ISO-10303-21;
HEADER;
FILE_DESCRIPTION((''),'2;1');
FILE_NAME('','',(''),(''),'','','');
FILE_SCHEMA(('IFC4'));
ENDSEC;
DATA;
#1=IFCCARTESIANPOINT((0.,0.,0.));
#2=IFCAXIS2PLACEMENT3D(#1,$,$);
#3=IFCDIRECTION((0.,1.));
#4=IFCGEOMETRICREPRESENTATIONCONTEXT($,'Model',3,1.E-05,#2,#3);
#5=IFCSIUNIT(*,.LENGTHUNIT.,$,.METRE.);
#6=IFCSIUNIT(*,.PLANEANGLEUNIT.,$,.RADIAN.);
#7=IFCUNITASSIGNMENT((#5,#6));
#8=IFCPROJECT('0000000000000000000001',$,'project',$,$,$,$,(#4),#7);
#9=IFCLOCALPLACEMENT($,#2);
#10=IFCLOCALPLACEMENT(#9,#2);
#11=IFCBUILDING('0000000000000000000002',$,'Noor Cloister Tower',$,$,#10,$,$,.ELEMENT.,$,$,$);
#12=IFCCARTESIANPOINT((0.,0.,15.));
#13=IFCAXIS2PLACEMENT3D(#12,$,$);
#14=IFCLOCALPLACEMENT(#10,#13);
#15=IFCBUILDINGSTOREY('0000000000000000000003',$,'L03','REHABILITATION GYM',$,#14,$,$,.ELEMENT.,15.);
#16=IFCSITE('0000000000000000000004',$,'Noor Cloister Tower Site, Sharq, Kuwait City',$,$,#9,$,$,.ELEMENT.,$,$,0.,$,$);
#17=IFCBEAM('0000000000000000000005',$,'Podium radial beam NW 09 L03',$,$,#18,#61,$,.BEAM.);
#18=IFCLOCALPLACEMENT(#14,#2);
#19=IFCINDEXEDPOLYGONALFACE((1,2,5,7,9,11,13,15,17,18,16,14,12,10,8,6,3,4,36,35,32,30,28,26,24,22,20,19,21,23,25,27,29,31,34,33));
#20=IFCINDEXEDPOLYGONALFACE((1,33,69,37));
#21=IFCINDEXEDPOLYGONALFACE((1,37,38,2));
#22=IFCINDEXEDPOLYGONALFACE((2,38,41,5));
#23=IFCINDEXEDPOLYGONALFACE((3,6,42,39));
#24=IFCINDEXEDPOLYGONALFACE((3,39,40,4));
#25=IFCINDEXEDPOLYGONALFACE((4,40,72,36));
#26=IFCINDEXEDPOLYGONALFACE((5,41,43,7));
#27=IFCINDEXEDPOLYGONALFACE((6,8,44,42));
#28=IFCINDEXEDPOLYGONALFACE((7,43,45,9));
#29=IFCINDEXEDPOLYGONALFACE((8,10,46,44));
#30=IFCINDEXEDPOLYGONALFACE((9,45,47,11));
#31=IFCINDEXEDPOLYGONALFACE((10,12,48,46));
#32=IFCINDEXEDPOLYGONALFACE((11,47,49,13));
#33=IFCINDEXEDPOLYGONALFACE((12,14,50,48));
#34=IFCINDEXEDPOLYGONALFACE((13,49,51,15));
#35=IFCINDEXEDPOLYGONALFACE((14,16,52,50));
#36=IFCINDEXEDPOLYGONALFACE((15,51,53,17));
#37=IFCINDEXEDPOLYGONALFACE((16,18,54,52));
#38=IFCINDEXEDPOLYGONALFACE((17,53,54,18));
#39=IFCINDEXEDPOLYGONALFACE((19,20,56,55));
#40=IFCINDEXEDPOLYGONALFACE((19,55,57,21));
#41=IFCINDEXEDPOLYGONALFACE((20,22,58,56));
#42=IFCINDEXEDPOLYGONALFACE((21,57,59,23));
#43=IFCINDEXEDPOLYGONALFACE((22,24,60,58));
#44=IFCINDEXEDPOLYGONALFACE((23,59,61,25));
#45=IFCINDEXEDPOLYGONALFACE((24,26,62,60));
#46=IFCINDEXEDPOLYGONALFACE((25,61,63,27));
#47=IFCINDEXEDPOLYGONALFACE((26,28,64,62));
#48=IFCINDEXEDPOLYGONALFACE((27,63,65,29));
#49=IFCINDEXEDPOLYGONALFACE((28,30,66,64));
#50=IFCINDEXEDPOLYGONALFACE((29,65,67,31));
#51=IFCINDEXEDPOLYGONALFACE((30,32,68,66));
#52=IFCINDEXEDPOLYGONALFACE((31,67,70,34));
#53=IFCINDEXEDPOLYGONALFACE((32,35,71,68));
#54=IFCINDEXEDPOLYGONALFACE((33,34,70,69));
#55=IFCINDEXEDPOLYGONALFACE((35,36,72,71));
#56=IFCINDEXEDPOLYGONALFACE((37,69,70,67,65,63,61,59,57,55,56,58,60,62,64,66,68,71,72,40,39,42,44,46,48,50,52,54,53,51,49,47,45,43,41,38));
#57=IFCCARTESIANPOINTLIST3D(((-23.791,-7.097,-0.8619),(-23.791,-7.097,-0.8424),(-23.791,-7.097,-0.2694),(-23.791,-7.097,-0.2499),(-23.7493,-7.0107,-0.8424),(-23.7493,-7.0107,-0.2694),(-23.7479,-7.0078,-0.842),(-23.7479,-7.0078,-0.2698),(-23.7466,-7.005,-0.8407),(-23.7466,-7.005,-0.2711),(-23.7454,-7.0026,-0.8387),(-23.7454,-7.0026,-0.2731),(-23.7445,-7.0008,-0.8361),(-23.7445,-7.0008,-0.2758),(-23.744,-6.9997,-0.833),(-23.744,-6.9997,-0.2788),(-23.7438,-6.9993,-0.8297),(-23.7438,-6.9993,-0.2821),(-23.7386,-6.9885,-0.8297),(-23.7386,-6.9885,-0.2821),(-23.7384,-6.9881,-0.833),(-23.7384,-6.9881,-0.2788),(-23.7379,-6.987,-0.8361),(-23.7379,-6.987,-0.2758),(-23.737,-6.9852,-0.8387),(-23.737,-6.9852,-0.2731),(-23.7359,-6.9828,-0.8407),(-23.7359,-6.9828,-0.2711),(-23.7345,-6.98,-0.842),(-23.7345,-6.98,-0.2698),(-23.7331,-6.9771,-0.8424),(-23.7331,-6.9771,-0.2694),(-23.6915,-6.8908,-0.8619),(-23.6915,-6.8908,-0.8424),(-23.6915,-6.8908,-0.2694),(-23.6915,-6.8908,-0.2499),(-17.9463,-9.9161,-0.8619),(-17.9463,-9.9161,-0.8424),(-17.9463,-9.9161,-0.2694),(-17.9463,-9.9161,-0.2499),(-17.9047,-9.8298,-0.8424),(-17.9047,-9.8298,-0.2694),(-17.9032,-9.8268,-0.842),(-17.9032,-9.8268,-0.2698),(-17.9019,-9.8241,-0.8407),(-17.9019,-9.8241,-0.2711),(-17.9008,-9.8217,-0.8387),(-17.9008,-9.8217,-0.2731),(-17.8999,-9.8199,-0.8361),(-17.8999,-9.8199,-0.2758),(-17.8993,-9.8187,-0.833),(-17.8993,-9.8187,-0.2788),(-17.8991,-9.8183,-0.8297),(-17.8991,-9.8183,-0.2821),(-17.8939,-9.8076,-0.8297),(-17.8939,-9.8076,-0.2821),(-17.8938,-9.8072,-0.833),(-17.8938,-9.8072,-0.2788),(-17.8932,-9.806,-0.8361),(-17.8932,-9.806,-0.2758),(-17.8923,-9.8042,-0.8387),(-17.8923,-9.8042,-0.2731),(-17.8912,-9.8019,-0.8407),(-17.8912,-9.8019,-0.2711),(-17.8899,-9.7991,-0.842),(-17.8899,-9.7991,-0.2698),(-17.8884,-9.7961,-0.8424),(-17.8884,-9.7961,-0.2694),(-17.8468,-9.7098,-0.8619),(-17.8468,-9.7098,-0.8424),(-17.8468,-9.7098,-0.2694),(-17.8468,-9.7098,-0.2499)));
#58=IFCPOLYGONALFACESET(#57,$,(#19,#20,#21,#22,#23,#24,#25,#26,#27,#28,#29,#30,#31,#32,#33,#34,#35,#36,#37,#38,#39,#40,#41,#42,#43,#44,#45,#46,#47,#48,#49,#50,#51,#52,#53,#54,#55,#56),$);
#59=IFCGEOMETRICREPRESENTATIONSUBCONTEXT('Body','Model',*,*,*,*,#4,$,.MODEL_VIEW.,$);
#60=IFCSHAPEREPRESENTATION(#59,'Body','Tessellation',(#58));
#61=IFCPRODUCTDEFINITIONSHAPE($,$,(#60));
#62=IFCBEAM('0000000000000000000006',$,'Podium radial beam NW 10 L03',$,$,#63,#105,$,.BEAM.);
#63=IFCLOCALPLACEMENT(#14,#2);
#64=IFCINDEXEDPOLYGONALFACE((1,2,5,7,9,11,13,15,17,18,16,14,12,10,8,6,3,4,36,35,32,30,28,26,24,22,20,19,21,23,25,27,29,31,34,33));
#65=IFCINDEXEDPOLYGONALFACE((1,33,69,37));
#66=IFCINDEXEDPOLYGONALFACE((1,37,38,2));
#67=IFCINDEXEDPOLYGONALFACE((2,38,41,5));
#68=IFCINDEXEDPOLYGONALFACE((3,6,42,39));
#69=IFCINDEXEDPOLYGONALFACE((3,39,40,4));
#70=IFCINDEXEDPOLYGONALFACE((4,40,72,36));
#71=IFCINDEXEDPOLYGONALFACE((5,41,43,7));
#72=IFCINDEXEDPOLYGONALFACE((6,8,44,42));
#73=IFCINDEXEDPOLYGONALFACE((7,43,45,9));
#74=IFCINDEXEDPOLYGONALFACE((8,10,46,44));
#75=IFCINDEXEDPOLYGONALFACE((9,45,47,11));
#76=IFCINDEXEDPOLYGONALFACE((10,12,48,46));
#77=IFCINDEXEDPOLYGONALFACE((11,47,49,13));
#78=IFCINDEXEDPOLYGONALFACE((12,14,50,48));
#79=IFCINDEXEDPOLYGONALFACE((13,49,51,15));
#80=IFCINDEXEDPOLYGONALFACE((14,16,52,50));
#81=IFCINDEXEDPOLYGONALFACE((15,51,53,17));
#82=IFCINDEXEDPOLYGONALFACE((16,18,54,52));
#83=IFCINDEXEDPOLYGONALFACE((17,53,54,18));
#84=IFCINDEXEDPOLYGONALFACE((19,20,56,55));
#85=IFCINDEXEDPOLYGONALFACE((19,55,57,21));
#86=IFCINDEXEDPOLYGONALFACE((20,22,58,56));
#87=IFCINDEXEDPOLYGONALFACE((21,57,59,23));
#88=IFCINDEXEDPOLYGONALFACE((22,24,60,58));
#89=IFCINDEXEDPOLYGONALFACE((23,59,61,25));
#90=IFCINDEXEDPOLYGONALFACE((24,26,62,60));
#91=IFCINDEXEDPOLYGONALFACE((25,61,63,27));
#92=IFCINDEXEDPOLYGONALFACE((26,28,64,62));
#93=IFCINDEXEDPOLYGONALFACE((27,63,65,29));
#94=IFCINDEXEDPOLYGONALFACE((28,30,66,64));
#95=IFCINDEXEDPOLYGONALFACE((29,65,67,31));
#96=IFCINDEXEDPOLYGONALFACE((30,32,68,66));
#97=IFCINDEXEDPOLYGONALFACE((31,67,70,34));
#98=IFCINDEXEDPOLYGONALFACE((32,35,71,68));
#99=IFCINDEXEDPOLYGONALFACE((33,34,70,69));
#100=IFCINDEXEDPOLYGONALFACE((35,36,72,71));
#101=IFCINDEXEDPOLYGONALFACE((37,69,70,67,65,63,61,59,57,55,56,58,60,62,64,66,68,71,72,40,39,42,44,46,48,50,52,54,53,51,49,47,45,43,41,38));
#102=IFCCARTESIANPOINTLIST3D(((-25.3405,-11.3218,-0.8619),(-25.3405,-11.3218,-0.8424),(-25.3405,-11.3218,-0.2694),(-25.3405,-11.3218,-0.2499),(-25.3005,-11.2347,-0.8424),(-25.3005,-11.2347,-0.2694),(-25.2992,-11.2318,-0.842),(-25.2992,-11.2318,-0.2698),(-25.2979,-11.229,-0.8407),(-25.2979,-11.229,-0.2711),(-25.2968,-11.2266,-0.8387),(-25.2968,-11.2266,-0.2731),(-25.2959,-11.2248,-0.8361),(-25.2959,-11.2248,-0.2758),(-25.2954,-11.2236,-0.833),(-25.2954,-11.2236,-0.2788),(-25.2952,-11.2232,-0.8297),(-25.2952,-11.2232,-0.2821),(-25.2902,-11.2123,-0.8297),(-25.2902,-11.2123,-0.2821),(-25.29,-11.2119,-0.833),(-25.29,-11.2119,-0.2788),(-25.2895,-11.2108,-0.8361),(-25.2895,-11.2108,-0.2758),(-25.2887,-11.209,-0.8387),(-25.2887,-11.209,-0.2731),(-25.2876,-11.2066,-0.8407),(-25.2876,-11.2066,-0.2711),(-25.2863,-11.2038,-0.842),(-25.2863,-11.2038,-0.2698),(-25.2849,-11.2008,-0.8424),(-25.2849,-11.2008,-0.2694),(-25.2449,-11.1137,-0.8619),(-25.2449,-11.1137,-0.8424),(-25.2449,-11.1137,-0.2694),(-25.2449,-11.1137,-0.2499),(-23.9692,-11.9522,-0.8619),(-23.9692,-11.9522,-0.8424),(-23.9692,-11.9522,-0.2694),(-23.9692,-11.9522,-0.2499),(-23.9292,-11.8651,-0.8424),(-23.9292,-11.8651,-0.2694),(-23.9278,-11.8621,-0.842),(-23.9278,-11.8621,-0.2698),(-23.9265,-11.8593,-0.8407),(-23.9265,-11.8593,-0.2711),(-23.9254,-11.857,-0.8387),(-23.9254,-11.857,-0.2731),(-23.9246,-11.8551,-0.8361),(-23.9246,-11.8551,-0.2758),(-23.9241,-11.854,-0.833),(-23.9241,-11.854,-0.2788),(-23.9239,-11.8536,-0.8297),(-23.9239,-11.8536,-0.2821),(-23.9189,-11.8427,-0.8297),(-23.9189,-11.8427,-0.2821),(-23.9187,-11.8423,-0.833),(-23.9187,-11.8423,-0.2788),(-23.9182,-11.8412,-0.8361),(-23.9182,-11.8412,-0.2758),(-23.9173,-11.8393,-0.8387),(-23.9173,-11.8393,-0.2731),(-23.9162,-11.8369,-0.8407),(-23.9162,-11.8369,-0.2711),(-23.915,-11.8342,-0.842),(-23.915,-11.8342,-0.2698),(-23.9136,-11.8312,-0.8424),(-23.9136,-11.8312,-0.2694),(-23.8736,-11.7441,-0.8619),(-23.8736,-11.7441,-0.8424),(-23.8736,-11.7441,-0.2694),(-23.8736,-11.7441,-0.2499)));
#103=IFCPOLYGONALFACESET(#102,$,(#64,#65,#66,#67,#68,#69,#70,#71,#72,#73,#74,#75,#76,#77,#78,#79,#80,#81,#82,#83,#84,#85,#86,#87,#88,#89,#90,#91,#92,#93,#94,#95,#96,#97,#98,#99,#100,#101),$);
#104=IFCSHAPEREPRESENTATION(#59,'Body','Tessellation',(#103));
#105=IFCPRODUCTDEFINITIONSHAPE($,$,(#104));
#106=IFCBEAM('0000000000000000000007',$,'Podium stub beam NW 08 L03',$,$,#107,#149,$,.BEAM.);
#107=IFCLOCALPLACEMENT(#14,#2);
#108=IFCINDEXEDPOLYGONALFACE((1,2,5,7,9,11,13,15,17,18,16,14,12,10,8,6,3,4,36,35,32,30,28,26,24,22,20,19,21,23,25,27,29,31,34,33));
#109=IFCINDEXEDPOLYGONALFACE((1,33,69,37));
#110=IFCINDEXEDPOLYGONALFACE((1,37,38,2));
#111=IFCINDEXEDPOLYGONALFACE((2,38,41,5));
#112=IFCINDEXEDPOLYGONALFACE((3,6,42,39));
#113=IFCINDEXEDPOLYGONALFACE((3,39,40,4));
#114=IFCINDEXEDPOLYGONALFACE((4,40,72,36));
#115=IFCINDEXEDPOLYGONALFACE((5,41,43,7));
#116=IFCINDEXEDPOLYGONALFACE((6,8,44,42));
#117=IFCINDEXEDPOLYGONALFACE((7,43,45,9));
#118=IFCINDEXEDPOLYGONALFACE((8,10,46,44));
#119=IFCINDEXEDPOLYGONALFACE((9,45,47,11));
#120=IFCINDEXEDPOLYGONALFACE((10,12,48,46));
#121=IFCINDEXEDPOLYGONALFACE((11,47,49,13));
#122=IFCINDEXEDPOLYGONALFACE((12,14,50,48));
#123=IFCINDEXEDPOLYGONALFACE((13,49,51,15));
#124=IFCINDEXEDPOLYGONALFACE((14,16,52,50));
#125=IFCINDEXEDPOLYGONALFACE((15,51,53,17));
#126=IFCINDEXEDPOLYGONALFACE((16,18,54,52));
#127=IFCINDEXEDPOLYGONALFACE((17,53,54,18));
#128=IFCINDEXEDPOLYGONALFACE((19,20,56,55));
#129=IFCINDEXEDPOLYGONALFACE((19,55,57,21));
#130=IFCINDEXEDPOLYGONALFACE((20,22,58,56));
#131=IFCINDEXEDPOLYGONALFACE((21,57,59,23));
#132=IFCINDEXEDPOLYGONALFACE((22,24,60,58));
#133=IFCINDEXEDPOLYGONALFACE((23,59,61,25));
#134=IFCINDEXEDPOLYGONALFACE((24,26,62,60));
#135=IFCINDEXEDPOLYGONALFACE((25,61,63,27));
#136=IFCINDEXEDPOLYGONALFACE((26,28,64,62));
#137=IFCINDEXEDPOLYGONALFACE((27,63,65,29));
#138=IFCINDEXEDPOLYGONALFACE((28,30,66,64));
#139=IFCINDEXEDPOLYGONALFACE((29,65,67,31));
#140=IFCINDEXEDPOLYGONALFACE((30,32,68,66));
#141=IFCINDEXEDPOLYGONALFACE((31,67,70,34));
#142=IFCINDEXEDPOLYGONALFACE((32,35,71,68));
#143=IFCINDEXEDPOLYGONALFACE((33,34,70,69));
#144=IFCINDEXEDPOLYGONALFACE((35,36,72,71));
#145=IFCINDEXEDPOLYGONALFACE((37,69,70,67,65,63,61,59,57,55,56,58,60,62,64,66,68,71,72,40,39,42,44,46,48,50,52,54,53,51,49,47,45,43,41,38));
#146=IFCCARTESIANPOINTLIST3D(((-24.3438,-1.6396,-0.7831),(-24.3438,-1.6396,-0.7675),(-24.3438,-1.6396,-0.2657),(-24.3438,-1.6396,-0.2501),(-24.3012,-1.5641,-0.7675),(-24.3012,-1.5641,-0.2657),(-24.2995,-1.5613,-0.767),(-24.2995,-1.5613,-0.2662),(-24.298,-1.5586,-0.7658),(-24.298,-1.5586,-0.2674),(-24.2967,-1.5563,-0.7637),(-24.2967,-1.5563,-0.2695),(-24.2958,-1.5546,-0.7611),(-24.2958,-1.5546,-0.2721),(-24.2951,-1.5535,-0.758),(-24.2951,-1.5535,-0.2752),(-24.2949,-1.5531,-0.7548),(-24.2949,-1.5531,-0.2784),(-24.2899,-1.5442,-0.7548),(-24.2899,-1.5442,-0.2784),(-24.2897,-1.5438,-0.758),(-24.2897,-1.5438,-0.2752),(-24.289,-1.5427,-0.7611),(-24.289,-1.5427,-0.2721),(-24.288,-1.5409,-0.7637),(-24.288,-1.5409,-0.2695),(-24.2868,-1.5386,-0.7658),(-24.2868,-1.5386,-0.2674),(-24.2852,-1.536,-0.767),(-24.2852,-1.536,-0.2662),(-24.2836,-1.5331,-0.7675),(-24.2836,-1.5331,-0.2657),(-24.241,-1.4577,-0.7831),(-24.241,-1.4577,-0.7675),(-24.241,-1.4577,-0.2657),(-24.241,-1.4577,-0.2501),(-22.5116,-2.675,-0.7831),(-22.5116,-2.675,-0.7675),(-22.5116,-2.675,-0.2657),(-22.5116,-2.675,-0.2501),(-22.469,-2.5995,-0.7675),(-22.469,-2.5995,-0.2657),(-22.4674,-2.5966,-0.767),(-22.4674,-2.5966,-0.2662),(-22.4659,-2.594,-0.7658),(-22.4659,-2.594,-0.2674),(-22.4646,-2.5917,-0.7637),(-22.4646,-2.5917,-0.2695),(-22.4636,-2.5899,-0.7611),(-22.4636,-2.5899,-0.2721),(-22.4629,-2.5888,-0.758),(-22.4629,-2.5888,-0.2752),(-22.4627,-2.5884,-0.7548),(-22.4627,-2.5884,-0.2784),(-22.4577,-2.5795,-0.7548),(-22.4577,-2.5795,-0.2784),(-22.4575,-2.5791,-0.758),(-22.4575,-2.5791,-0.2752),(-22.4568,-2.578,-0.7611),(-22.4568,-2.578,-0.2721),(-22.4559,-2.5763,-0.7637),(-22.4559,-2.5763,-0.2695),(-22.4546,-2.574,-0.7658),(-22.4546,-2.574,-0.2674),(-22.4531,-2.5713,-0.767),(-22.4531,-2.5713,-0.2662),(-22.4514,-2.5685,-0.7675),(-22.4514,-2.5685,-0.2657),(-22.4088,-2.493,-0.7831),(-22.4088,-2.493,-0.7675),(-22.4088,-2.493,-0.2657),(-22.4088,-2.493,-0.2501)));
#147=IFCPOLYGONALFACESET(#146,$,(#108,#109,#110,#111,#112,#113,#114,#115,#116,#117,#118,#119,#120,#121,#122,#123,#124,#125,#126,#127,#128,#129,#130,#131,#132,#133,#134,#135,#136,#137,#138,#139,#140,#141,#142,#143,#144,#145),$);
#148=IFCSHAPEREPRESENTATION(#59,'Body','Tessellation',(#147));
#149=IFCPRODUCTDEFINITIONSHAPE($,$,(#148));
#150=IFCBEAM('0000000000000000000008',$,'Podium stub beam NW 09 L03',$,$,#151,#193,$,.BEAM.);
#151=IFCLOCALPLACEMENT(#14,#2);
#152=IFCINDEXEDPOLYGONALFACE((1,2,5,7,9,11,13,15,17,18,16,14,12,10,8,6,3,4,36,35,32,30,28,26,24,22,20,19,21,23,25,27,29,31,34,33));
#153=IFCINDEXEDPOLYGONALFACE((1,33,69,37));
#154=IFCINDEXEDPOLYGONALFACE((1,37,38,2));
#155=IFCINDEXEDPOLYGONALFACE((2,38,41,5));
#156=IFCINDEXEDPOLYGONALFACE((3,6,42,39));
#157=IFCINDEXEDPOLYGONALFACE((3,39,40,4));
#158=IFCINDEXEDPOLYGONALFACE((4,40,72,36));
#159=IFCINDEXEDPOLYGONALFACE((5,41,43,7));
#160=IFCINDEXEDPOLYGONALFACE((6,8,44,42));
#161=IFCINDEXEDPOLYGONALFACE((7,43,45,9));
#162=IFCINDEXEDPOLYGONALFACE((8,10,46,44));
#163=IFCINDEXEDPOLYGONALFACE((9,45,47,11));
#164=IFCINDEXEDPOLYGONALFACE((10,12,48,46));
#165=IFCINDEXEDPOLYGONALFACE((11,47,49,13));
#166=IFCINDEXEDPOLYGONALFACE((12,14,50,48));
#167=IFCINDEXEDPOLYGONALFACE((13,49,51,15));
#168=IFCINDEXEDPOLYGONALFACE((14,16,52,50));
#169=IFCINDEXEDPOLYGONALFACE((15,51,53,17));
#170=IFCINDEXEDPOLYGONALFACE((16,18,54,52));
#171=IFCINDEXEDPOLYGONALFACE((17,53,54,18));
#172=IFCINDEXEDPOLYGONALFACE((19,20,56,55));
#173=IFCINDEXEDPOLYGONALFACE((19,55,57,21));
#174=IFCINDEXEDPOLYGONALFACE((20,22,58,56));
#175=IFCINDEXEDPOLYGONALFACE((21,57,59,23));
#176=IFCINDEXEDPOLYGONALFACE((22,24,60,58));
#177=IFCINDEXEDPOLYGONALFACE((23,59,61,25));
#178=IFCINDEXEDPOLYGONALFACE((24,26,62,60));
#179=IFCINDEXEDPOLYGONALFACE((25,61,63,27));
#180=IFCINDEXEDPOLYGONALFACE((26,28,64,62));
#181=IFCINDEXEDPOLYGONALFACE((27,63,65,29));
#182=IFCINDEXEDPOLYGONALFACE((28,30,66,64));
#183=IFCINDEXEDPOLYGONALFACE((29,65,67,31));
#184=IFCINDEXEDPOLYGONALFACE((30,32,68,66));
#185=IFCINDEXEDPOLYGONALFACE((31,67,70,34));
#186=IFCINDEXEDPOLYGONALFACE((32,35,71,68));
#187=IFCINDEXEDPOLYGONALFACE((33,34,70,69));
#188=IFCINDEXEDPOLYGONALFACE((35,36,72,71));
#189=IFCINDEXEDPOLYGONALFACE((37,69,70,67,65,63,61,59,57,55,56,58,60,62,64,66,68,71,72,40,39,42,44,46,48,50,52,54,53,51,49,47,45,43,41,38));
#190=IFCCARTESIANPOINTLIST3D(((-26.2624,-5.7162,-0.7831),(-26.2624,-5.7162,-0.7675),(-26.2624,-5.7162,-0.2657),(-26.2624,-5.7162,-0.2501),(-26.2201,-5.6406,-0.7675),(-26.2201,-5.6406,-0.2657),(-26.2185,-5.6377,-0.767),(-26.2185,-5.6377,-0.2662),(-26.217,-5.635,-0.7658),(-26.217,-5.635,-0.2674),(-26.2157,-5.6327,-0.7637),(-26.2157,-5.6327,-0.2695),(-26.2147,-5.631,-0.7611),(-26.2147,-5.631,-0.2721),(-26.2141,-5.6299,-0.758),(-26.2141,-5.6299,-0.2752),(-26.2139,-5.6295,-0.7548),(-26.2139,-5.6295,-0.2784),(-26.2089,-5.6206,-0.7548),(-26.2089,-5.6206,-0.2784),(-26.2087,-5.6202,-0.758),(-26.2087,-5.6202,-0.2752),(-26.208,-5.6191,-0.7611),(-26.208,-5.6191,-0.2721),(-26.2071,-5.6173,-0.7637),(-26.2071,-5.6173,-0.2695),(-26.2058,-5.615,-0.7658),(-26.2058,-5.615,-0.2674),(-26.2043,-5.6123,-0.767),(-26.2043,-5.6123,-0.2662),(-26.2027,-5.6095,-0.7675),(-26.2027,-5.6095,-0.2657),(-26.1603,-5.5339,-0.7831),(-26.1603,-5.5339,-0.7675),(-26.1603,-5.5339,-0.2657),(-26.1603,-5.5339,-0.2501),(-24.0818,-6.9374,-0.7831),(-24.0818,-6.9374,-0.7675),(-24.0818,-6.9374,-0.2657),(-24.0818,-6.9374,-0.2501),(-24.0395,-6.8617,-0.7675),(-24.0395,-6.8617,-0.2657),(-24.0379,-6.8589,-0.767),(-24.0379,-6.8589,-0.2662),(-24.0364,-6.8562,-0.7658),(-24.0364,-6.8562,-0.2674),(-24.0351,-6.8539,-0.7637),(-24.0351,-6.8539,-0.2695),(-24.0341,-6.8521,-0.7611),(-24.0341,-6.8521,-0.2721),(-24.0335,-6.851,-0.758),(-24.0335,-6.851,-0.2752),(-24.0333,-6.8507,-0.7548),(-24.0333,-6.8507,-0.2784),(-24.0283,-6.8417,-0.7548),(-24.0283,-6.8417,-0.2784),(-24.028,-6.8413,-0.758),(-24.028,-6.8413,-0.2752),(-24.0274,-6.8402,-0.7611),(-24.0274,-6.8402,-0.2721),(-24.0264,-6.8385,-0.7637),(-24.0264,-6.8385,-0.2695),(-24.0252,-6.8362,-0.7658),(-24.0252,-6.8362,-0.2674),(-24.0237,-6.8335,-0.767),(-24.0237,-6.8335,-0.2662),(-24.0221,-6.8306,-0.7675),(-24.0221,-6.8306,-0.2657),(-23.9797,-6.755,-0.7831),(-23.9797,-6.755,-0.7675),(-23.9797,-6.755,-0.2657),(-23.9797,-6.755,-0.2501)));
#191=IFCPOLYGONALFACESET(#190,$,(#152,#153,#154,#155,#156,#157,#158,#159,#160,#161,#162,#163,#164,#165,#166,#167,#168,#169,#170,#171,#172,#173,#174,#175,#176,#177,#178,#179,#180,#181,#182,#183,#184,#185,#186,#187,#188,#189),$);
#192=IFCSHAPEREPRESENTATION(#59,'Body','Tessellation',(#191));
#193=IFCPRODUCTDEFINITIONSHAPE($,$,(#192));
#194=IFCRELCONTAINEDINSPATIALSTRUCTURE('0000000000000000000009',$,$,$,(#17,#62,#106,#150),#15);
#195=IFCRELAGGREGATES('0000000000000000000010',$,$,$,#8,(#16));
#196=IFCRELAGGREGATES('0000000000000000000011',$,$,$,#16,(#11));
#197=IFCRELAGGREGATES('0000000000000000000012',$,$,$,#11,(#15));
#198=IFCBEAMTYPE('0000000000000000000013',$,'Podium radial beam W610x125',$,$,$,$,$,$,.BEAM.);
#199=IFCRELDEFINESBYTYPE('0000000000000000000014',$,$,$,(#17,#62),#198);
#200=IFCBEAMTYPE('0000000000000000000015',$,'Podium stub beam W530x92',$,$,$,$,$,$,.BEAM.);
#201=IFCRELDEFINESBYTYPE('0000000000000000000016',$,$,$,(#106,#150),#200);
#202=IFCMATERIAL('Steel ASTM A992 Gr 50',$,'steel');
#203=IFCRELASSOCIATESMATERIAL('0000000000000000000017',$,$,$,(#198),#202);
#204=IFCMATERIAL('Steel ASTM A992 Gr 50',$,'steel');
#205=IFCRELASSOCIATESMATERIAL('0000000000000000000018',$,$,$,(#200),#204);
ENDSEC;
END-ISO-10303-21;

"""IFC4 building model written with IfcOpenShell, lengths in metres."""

from ifc_helpers import new_model, si_unit, direction, frame, origin, origin_2d, place, context, subcontext, project, spatial, i_section, extrude, material, material_profile, profile_set, type_object, element, save


model = new_model("IFC4")

# Units and contexts
model_context = context("Model", 3, precision=1e-05, world=origin(), true_north=direction((0.0, 1.0)))
body_context = subcontext(model_context, "Body", "Model", "MODEL_VIEW")
ifc_project = project(units=[si_unit("LENGTHUNIT", "METRE"), si_unit("PLANEANGLEUNIT", "RADIAN")], contexts=[model_context])

# Site, building, storey
site_placement = place(None, origin())
site = spatial("IfcSite", under=ifc_project, at=site_placement, Name="Noor Cloister Tower Site, Sharq, Kuwait City", CompositionType="ELEMENT", RefElevation=0.0)
building_placement = place(site_placement, origin())
building = spatial("IfcBuilding", under=site, at=building_placement, Name="Noor Cloister Tower", CompositionType="ELEMENT")
storey_placement = place(building_placement, frame((0.0, 0.0, 15.0)))
storey = spatial("IfcBuildingStorey", under=building, at=storey_placement, Name="L03", Description="REHABILITATION GYM", CompositionType="ELEMENT", Elevation=15.0)

# Beams
ifc_material_1 = material(Name="Steel ASTM A992 Gr 50", Category="steel")
ifc_material_profile_1 = material_profile(ifc_material_1, i_section(OverallWidth=0.229, OverallDepth=0.6121, WebThickness=0.012, FlangeThickness=0.0195, FilletRadius=0.0127, at=origin_2d()), Name="W610x125")
ifc_profile_set_1 = profile_set([ifc_material_profile_1], Name="Steel ASTM A992 Gr 50")
beam_type_1 = type_object("IfcBeamType", Name="Podium radial beam W610x125", PredefinedType="BEAM", material=ifc_profile_set_1)
beam_1_placement = place(storey_placement, frame((-23.7412, -6.9939, -0.5559), z_axis=(0.900702, -0.434437, 0.0), x_axis=(0.434437, 0.900702, 0.0)))
element("IfcBeam", 1, at=beam_1_placement, inside=storey, type_object=beam_type_1, Name="Podium radial beam NW 09 L03", PredefinedType="BEAM", context=body_context, shape_type="SweptSolid", body=[
    extrude(i_section(OverallWidth=0.229, OverallDepth=0.6121, WebThickness=0.012, FlangeThickness=0.0195, FilletRadius=0.0127, at=origin_2d()), origin(), (0.0, 0.0, 1.0), 6.489),
])
beam_2_placement = place(storey_placement, frame((-25.2927, -11.2178, -0.5559), z_axis=(0.908602, -0.417663, 0.0), x_axis=(0.417663, 0.908602, 0.0)))
element("IfcBeam", 2, at=beam_2_placement, inside=storey, type_object=beam_type_1, Name="Podium radial beam NW 10 L03", PredefinedType="BEAM", context=body_context, shape_type="SweptSolid", body=[
    extrude(i_section(OverallWidth=0.229, OverallDepth=0.6121, WebThickness=0.012, FlangeThickness=0.0195, FilletRadius=0.0127, at=origin_2d()), origin(), (0.0, 0.0, 1.0), 1.5093),
])
ifc_material_2 = material(Name="Steel ASTM A992 Gr 50", Category="steel")
ifc_material_profile_2 = material_profile(ifc_material_2, i_section(OverallWidth=0.209, OverallDepth=0.533, WebThickness=0.0103, FlangeThickness=0.0156, FilletRadius=0.0127, at=origin_2d()), Name="W530x92")
ifc_profile_set_2 = profile_set([ifc_material_profile_2], Name="Steel ASTM A992 Gr 50")
beam_type_2 = type_object("IfcBeamType", Name="Podium stub beam W530x92", PredefinedType="BEAM", material=ifc_profile_set_2)
beam_3_placement = place(storey_placement, frame((-22.4602, -2.584, -0.5166), z_axis=(-0.87061, 0.491973, 0.0), x_axis=(-0.491973, -0.87061, 0.0)))
element("IfcBeam", 3, at=beam_3_placement, inside=storey, type_object=beam_type_2, Name="Podium stub beam NW 08 L03", PredefinedType="BEAM", context=body_context, shape_type="SweptSolid", body=[
    extrude(i_section(OverallWidth=0.209, OverallDepth=0.533, WebThickness=0.0103, FlangeThickness=0.0156, FilletRadius=0.0127, at=origin_2d()), origin(), (0.0, 0.0, 1.0), 2.1045),
])
beam_4_placement = place(storey_placement, frame((-24.0308, -6.8462, -0.5166), z_axis=(-0.872503, 0.488609, 0.0), x_axis=(-0.488609, -0.872503, 0.0)))
element("IfcBeam", 4, at=beam_4_placement, inside=storey, type_object=beam_type_2, Name="Podium stub beam NW 09 L03", PredefinedType="BEAM", context=body_context, shape_type="SweptSolid", body=[
    extrude(i_section(OverallWidth=0.209, OverallDepth=0.533, WebThickness=0.0103, FlangeThickness=0.0156, FilletRadius=0.0127, at=origin_2d()), origin(), (0.0, 0.0, 1.0), 2.4993),
])

save(model, "model.ifc")
